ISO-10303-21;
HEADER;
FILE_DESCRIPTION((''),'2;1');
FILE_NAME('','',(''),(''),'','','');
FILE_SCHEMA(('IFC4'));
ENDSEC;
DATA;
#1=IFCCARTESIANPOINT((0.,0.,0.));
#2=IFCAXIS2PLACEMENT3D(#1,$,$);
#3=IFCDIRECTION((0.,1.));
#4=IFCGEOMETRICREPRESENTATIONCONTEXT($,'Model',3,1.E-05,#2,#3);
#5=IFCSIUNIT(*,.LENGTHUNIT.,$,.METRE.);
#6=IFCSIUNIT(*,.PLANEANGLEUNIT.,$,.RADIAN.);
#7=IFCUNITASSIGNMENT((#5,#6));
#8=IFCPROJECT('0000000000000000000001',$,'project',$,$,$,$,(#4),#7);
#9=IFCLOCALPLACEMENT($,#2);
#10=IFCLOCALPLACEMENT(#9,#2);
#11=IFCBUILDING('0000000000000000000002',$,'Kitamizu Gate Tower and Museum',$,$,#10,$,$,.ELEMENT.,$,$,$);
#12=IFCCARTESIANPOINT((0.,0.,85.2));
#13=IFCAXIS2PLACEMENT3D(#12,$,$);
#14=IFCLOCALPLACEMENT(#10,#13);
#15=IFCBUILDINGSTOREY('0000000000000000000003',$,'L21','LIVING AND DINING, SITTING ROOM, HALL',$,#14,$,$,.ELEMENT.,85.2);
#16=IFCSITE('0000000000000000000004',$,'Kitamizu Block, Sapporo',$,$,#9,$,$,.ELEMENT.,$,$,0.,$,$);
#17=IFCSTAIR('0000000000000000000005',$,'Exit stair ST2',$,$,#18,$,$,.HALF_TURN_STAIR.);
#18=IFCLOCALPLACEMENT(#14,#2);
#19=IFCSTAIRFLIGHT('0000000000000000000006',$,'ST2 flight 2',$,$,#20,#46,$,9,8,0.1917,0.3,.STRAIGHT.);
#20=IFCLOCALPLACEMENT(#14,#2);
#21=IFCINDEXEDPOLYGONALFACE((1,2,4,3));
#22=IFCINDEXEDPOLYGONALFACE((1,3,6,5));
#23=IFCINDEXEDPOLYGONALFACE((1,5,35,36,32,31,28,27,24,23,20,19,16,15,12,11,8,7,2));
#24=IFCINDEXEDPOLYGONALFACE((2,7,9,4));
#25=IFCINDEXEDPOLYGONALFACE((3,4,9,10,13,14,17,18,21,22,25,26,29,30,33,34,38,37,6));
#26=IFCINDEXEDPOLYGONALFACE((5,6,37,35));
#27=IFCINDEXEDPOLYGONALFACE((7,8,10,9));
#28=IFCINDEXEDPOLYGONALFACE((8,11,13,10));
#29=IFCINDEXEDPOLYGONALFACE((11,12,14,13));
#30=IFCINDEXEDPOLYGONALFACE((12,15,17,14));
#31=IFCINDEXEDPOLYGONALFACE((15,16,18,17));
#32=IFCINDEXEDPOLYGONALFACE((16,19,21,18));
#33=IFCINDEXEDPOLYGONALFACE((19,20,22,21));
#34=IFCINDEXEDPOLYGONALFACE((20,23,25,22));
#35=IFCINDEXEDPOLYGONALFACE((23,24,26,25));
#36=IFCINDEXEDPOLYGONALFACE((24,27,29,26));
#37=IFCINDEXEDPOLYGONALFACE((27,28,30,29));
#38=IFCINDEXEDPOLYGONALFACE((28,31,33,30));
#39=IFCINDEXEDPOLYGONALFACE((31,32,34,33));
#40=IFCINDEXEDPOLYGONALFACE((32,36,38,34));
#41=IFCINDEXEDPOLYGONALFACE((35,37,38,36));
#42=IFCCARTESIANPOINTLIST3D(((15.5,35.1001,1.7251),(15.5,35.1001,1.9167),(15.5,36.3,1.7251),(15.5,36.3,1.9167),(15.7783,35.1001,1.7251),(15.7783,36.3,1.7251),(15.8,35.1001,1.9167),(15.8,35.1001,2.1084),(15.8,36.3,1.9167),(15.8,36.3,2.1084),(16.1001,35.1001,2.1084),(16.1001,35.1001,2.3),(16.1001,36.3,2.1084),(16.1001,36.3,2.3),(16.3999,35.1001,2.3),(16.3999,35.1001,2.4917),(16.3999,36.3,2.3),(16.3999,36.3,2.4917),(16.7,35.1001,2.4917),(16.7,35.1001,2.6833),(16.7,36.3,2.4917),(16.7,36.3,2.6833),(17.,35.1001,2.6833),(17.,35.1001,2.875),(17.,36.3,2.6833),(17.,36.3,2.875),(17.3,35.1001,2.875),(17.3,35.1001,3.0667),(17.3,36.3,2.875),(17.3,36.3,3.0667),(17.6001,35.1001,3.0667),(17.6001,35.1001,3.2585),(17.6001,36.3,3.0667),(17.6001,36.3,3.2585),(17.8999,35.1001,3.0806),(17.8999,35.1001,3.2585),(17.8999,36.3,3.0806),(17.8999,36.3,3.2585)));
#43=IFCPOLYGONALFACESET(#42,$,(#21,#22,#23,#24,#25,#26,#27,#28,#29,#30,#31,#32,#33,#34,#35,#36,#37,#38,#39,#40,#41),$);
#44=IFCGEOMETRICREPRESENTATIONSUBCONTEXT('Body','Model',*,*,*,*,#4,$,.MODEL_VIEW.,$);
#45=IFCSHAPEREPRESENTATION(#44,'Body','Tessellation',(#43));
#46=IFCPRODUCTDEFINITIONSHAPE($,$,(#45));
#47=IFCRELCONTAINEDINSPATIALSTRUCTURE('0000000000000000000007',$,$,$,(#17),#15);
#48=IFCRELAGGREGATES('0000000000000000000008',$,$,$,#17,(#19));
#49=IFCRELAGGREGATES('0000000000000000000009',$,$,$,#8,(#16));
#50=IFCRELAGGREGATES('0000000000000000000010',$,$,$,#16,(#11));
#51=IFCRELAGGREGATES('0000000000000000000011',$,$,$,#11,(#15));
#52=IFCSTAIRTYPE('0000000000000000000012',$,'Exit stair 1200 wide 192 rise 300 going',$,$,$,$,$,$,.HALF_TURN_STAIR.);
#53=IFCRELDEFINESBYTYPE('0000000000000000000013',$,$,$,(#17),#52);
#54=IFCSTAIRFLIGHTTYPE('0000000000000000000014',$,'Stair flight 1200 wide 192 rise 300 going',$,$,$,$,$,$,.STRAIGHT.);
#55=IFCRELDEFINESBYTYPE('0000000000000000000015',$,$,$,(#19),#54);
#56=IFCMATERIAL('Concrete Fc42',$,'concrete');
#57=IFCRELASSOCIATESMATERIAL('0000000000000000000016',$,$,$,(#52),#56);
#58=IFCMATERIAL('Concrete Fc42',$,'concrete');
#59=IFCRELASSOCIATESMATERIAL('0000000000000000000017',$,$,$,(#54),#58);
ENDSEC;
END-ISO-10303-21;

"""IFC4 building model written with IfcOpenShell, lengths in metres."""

from ifc_helpers import new_model, si_unit, direction, frame, origin, place, context, subcontext, project, spatial, polyline, outline, extrude, material, type_object, element, aggregate, save


model = new_model("IFC4")

# Units and contexts
model_context = context("Model", 3, precision=1e-05, world=origin(), true_north=direction((0.0, 1.0)))
body_context = subcontext(model_context, "Body", "Model", "MODEL_VIEW")
ifc_project = project(units=[si_unit("LENGTHUNIT", "METRE"), si_unit("PLANEANGLEUNIT", "RADIAN")], contexts=[model_context])

# Site, building, storey
site_placement = place(None, origin())
site = spatial("IfcSite", under=ifc_project, at=site_placement, Name="Kitamizu Block, Sapporo", CompositionType="ELEMENT", RefElevation=0.0)
building_placement = place(site_placement, origin())
building = spatial("IfcBuilding", under=site, at=building_placement, Name="Kitamizu Gate Tower and Museum", CompositionType="ELEMENT")
storey_placement = place(building_placement, frame((0.0, 0.0, 85.2)))
storey = spatial("IfcBuildingStorey", under=building, at=storey_placement, Name="L21", Description="LIVING AND DINING, SITTING ROOM, HALL", CompositionType="ELEMENT", Elevation=85.2)

# Stair, stair flight
ifc_material_1 = material(Name="Concrete Fc42", Category="concrete")
stair_type = type_object("IfcStairType", Name="Exit stair 1200 wide 192 rise 300 going", PredefinedType="HALF_TURN_STAIR", material=ifc_material_1)
ifc_material_2 = material(Name="Concrete Fc42", Category="concrete")
stair_flight_type = type_object("IfcStairFlightType", Name="Stair flight 1200 wide 192 rise 300 going", PredefinedType="STRAIGHT", material=ifc_material_2)
stair_1_placement = place(storey_placement, origin())
stair_1 = element("IfcStair", 1, at=stair_1_placement, inside=storey, type_object=stair_type, Name="Exit stair ST2", PredefinedType="HALF_TURN_STAIR")
stair_flight_1_placement = place(storey_placement, frame((15.5, 35.7, 1.7251), z_axis=(0.0, 0.0, 1.0), x_axis=(1.0, 0.0, 0.0)))
stair_flight_1 = element("IfcStairFlight", 2, at=stair_flight_1_placement, type_object=stair_flight_type, Name="ST2 flight 2", NumberOfRisers=9, NumberOfTreads=8, PredefinedType="STRAIGHT", RiserHeight=0.1917, TreadLength=0.3, context=body_context, shape_type="SweptSolid", body=[
    extrude(outline(polyline([(0.0, 0.0), (0.0, 0.1917), (0.3, 0.1917), (0.3, 0.3833), (0.6001, 0.3833), (0.6001, 0.575), (0.8999, 0.575), (0.8999, 0.7666), (1.2, 0.7666), (1.2, 0.9583), (1.5, 0.9583), (1.5, 1.1499), (1.8, 1.1499), (1.8, 1.3416), (2.1001, 1.3416), (2.1001, 1.5334), (2.3999, 1.5334), (2.3999, 1.7251), (2.3999, 1.3555), (0.2783, 0.0), (0.0, 0.0)])), frame((0.0, 0.6001, 0.0), z_axis=(0.0, -1.0, 0.0), x_axis=(1.0, 0.0, 0.0)), (0.0, 0.0, 1.0), 1.2),
])
aggregate(stair_1, [stair_flight_1])

save(model, "model.ifc")
